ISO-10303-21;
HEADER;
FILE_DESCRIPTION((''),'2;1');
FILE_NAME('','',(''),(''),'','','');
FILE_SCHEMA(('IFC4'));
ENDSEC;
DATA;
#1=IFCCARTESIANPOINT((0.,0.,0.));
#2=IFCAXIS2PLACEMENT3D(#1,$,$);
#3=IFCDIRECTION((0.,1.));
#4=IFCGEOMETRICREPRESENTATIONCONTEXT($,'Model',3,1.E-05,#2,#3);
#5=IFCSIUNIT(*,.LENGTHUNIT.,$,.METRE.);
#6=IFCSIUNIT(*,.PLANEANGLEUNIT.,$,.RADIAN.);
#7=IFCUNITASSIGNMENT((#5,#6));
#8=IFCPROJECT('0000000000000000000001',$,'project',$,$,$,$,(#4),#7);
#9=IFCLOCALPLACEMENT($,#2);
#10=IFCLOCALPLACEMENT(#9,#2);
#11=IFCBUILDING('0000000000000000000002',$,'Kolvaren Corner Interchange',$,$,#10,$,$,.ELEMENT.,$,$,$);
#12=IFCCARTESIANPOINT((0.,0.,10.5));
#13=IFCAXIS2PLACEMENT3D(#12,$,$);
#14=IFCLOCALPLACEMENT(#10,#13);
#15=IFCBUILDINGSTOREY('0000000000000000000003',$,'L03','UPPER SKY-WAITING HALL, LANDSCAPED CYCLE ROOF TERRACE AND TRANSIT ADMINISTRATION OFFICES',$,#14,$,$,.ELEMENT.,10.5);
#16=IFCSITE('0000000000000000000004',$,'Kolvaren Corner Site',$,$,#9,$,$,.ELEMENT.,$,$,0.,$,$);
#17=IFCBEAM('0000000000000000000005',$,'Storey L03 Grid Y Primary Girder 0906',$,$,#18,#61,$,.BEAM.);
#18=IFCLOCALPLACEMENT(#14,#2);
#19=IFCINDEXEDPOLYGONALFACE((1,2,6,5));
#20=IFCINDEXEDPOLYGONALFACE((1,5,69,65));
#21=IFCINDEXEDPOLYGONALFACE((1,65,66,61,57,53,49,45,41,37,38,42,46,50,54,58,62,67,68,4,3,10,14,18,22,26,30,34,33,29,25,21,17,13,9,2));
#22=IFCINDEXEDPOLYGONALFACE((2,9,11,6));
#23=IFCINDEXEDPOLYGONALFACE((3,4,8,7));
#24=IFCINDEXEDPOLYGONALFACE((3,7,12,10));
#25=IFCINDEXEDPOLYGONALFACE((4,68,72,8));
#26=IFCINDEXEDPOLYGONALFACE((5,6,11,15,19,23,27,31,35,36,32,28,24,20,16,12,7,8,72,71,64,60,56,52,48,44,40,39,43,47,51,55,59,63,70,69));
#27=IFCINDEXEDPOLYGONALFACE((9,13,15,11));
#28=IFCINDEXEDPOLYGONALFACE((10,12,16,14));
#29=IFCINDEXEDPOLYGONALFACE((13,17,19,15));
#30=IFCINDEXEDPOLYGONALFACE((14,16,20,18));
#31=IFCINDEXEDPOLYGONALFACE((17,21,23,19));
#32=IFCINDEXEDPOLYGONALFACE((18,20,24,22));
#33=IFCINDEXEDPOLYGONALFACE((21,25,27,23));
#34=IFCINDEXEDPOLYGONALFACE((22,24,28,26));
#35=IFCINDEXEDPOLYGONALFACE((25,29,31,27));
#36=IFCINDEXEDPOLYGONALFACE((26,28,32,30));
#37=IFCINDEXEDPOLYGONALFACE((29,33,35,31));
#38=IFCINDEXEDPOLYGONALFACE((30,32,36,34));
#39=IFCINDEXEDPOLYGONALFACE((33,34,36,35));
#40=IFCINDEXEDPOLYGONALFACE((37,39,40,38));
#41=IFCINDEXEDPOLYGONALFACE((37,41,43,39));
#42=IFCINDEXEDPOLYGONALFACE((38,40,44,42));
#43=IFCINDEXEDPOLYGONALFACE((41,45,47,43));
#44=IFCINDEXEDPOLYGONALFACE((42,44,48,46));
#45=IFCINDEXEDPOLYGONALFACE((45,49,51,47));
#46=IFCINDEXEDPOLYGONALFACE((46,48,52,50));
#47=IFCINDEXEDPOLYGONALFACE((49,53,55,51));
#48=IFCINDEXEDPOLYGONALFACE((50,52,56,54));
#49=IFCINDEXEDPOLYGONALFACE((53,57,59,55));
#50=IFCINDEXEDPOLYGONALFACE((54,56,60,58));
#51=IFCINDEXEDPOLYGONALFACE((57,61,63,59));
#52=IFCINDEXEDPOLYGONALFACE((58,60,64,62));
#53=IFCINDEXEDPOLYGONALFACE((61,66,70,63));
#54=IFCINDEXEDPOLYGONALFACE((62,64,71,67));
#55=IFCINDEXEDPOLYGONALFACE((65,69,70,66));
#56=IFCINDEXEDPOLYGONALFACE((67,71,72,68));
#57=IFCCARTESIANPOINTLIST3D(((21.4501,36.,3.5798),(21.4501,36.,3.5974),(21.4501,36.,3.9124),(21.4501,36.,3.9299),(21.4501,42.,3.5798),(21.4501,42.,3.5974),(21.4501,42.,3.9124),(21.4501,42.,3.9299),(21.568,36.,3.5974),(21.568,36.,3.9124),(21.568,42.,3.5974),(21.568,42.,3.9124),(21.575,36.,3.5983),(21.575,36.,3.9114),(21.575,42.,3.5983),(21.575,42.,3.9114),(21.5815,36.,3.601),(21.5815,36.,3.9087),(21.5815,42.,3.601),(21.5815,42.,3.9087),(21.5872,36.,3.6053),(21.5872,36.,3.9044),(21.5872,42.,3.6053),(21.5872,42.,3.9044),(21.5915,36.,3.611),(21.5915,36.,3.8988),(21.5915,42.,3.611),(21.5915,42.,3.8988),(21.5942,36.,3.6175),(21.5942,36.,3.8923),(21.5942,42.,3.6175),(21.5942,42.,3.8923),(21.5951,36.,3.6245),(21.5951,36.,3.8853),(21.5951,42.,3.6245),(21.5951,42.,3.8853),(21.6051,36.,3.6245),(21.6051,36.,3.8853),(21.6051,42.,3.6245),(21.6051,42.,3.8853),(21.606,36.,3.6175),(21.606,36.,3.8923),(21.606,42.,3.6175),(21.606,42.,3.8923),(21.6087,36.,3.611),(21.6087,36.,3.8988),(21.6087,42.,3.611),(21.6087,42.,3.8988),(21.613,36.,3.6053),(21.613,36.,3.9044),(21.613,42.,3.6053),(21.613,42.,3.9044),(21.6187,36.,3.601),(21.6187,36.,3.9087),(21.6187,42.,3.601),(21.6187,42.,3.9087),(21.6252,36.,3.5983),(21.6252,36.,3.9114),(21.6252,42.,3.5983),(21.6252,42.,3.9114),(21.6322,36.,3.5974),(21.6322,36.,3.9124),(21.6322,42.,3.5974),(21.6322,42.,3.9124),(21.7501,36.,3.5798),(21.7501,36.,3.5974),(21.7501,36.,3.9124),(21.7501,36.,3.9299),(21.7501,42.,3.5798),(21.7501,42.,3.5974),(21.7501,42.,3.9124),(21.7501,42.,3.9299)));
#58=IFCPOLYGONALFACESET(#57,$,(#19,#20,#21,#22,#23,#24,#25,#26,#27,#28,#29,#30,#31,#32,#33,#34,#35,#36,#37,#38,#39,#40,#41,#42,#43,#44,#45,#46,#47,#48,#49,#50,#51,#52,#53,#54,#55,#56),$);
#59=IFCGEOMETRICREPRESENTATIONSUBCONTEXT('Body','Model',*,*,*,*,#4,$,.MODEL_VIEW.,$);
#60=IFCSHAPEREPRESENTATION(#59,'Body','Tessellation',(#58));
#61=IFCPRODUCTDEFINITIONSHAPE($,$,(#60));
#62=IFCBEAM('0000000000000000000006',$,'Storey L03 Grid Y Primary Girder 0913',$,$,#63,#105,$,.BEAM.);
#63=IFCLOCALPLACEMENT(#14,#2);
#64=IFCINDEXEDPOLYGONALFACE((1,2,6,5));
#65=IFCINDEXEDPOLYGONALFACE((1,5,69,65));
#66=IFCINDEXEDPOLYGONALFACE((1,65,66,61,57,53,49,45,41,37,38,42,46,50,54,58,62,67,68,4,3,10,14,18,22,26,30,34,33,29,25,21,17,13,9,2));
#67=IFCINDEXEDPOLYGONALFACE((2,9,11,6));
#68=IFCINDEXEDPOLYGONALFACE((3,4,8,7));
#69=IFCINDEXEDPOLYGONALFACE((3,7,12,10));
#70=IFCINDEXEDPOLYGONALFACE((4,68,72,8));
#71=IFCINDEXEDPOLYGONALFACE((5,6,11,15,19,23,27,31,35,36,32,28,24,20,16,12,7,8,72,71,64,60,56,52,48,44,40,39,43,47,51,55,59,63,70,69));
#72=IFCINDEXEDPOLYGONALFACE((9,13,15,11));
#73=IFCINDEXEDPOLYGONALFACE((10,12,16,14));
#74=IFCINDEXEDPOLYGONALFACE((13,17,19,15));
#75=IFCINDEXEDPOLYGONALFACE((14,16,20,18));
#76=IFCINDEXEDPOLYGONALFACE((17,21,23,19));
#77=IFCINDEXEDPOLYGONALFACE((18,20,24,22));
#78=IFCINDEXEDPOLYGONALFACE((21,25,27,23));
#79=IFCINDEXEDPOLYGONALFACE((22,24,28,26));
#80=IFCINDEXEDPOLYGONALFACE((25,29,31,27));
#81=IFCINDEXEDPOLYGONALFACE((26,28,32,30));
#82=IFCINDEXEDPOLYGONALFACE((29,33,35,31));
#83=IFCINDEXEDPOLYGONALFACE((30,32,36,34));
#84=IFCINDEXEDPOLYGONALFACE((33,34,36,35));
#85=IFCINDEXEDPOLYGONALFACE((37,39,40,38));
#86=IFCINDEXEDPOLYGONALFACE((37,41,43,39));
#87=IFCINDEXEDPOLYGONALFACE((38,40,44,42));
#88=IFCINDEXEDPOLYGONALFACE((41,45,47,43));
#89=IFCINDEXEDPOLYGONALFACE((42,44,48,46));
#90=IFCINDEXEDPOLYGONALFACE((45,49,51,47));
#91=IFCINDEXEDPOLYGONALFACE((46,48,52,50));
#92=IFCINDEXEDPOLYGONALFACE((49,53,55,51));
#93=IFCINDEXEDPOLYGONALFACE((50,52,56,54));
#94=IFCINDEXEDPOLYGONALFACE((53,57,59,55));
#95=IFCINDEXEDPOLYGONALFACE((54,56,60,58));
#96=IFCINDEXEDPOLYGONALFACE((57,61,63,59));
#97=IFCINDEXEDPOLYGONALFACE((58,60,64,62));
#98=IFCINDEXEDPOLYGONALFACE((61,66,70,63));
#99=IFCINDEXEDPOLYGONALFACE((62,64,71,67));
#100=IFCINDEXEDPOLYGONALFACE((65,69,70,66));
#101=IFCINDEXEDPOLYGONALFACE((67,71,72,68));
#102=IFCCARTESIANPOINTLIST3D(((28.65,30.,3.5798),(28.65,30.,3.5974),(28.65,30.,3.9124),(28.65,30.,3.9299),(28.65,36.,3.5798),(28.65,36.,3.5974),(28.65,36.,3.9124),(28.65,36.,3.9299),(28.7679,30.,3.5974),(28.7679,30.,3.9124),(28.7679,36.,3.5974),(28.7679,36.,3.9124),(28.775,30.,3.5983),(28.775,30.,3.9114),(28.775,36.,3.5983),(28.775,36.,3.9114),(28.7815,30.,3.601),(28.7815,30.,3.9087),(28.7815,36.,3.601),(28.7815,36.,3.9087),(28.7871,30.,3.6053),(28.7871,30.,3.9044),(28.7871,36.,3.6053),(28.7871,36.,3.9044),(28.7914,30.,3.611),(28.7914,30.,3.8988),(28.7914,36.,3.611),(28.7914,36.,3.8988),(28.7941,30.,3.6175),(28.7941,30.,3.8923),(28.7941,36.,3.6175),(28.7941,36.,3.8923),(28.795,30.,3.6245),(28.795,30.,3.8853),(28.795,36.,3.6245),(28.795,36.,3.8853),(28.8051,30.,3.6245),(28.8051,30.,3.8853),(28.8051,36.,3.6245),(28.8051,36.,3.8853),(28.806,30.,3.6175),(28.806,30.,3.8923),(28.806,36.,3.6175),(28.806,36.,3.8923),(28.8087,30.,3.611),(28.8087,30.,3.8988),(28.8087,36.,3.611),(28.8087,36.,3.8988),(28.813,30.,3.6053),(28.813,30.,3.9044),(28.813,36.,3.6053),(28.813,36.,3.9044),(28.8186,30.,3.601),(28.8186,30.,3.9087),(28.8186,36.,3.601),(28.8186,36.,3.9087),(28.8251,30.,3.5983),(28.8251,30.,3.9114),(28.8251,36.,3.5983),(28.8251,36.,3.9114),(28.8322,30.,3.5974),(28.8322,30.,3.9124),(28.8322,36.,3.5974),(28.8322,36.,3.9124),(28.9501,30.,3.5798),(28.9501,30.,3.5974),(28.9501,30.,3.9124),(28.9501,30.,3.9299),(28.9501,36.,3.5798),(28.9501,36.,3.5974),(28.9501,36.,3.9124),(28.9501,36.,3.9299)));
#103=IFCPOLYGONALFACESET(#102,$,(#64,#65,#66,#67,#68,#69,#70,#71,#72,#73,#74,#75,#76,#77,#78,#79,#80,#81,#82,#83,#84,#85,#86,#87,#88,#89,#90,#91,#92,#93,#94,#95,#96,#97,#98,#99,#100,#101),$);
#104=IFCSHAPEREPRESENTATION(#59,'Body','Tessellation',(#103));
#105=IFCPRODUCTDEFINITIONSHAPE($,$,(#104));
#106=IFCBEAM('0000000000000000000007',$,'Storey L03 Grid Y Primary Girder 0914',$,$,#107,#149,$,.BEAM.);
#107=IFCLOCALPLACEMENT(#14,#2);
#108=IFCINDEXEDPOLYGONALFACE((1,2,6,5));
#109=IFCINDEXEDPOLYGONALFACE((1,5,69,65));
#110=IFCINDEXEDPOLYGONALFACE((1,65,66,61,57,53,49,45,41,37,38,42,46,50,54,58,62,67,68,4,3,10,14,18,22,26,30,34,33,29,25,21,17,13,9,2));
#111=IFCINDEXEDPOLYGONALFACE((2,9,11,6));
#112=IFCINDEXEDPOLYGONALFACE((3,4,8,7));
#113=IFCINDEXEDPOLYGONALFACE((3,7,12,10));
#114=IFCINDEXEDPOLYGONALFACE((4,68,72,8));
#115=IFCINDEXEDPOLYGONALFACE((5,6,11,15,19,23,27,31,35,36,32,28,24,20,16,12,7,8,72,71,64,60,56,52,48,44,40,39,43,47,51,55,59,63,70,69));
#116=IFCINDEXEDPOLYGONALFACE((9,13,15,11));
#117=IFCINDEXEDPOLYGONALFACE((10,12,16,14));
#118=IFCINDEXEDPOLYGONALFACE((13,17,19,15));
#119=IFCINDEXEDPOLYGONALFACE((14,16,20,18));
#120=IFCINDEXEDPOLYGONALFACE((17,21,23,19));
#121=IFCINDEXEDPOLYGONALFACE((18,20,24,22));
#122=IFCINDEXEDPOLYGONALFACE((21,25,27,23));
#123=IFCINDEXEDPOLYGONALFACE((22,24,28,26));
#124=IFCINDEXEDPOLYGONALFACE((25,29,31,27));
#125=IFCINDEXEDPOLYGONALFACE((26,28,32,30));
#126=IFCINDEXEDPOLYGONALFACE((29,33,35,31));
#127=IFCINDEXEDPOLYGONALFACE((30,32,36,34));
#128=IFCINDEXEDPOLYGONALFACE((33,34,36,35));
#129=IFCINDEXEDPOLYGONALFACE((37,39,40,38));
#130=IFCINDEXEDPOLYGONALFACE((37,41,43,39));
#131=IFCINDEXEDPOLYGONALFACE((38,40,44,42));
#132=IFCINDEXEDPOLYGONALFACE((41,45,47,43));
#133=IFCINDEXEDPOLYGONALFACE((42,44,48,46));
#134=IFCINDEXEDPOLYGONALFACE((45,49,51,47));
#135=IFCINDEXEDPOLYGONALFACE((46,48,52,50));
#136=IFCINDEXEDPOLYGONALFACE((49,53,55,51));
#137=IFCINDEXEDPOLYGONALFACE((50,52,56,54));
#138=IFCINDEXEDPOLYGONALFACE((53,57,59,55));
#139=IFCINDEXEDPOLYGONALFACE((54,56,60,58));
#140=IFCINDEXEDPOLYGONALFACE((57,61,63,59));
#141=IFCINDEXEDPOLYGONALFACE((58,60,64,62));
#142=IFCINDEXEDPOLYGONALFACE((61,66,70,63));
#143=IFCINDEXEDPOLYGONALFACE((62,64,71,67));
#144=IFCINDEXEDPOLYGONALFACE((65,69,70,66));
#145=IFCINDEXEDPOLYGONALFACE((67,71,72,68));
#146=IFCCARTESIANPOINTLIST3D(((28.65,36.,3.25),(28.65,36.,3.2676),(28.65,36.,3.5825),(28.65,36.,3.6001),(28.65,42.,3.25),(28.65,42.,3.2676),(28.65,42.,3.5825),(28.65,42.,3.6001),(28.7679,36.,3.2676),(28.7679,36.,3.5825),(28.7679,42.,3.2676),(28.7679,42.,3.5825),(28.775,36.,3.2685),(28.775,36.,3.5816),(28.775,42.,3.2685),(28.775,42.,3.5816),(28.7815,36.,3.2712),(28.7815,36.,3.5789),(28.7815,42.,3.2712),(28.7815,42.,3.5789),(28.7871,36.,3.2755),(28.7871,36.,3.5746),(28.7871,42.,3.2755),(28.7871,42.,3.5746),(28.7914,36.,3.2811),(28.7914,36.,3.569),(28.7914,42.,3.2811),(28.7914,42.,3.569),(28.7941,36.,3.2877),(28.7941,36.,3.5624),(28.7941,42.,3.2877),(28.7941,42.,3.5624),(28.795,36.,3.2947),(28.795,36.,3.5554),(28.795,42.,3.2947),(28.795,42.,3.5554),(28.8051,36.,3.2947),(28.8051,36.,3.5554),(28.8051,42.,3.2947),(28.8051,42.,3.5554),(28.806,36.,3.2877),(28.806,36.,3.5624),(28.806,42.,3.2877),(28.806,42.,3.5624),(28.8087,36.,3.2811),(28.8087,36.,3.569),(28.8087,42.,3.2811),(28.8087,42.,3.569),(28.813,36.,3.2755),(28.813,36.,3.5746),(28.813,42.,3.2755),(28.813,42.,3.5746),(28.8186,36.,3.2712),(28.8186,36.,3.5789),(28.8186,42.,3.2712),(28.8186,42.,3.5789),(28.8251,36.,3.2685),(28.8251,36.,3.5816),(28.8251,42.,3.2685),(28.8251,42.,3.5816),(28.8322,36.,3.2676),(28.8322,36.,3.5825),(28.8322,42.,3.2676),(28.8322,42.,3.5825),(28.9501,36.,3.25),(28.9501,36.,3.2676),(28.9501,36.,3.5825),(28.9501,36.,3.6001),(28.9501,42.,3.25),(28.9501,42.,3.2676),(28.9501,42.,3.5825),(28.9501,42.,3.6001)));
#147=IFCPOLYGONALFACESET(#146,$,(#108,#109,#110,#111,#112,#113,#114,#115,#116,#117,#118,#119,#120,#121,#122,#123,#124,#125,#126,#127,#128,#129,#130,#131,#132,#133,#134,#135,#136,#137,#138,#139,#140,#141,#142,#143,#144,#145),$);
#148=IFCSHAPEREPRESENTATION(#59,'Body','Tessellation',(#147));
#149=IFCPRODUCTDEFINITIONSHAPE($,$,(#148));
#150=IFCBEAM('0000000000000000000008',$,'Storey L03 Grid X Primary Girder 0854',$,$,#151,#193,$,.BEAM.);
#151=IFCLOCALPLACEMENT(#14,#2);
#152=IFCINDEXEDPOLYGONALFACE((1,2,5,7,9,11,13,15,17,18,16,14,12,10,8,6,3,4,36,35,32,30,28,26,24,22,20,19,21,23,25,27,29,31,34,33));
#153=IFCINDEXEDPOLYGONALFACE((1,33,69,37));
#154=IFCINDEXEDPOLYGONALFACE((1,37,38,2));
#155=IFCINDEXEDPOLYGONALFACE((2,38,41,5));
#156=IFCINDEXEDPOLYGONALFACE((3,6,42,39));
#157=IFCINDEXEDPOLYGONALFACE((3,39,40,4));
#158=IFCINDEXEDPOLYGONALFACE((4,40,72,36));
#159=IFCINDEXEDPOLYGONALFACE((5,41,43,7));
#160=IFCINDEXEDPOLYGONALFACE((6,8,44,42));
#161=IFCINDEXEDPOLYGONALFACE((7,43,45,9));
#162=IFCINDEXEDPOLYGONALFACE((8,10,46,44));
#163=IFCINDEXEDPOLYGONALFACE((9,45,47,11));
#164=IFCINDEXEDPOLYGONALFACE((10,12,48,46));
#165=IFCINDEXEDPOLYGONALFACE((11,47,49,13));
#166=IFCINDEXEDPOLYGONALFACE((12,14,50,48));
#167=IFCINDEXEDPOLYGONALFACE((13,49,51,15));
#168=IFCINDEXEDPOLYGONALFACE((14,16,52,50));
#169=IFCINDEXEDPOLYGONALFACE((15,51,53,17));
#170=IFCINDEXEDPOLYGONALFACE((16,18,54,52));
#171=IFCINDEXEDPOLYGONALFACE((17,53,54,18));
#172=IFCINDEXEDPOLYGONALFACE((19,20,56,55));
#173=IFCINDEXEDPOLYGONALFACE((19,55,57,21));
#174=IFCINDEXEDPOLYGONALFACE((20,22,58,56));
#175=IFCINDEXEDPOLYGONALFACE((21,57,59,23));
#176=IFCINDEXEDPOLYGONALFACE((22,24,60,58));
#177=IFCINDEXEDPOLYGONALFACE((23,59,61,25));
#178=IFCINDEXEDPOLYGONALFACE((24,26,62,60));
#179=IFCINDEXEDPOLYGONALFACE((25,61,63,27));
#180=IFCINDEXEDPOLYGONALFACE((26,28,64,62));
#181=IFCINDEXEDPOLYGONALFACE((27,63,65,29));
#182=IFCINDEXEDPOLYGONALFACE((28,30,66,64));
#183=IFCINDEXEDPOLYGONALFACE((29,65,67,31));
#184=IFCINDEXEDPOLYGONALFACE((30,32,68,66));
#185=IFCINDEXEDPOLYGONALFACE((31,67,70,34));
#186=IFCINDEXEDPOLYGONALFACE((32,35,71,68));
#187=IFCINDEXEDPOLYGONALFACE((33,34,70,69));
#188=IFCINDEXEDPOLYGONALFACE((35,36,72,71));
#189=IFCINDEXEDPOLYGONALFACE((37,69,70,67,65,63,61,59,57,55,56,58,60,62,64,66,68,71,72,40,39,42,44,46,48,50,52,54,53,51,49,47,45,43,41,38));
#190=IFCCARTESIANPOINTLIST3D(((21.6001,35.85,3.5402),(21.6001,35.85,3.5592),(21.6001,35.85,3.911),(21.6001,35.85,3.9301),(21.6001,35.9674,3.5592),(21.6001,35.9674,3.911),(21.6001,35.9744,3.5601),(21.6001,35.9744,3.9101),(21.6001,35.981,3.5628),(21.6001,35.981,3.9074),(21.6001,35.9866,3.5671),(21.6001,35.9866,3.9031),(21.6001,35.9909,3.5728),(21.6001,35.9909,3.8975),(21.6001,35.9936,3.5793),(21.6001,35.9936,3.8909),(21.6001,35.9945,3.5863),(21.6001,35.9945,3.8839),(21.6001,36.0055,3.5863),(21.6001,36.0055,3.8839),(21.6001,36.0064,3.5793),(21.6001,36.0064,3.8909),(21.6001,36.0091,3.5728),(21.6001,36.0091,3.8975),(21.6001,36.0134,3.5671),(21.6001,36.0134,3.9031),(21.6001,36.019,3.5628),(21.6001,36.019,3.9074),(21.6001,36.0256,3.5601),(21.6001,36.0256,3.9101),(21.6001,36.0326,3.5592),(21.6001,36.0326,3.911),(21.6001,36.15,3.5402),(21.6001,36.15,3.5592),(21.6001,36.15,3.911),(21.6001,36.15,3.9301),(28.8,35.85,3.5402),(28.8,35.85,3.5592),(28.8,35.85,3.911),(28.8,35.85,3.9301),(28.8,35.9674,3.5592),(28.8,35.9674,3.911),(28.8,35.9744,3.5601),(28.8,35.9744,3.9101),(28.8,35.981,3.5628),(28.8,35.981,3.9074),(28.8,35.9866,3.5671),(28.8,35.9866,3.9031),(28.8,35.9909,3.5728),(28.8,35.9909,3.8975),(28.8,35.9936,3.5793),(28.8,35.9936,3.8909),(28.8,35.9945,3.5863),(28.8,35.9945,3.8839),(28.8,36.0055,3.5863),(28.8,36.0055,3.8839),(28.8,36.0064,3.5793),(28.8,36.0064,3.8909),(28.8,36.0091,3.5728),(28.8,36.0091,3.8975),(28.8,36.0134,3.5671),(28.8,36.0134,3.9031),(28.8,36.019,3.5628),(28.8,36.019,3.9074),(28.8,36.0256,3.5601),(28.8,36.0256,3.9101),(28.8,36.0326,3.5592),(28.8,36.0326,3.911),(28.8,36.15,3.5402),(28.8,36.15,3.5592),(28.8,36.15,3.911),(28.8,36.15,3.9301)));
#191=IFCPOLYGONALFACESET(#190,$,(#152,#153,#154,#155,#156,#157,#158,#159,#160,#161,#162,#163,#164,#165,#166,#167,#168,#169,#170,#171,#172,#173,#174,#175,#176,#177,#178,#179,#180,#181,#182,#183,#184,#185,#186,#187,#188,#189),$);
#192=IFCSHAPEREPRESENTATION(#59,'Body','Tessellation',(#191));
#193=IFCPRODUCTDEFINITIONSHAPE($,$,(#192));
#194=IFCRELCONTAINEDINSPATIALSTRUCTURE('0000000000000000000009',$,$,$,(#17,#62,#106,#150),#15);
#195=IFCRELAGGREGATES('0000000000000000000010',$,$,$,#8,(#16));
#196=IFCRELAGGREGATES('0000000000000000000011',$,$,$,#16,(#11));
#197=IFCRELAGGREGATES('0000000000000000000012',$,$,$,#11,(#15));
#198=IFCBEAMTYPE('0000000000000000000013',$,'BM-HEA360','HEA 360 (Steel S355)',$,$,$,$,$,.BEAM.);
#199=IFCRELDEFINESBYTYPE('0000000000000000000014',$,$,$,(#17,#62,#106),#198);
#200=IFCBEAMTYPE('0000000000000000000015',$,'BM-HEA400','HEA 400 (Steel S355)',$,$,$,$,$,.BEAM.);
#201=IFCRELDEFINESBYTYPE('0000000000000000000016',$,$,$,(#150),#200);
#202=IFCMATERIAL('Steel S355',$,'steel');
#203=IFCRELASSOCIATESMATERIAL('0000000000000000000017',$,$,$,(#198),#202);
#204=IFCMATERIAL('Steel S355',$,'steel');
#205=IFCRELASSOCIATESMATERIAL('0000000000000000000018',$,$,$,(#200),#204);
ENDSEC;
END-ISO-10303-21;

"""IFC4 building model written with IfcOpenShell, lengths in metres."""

from ifc_helpers import new_model, si_unit, direction, frame, origin, origin_2d, place, context, subcontext, project, spatial, i_section, extrude, material, material_profile, profile_set, type_object, element, save


model = new_model("IFC4")

# Units and contexts
model_context = context("Model", 3, precision=1e-05, world=origin(), true_north=direction((0.0, 1.0)))
body_context = subcontext(model_context, "Body", "Model", "MODEL_VIEW")
ifc_project = project(units=[si_unit("LENGTHUNIT", "METRE"), si_unit("PLANEANGLEUNIT", "RADIAN")], contexts=[model_context])

# Site, building, storey
site_placement = place(None, origin())
site = spatial("IfcSite", under=ifc_project, at=site_placement, Name="Kolvaren Corner Site", CompositionType="ELEMENT", RefElevation=0.0)
building_placement = place(site_placement, origin())
building = spatial("IfcBuilding", under=site, at=building_placement, Name="Kolvaren Corner Interchange", CompositionType="ELEMENT")
storey_placement = place(building_placement, frame((0.0, 0.0, 10.5)))
storey = spatial("IfcBuildingStorey", under=building, at=storey_placement, Name="L03", Description="UPPER SKY-WAITING HALL, LANDSCAPED CYCLE ROOF TERRACE AND TRANSIT ADMINISTRATION OFFICES", CompositionType="ELEMENT", Elevation=10.5)

# Beams
ifc_material_1 = material(Name="Steel S355", Category="steel")
ifc_material_profile_1 = material_profile(ifc_material_1, i_section(OverallWidth=0.3, OverallDepth=0.3501, WebThickness=0.01, FlangeThickness=0.0176, FilletRadius=0.0271, at=origin_2d()), Name="HEA 360")
ifc_profile_set_1 = profile_set([ifc_material_profile_1], Name="Steel S355")
beam_type_1 = type_object("IfcBeamType", Name="BM-HEA360", Description="HEA 360 (Steel S355)", PredefinedType="BEAM", material=ifc_profile_set_1)
for number, where, z_axis, x_axis, name in (
    (1, (21.6001, 36.0, 3.7549), (0.0, 1.0, 0.0), (-1.0, 0.0, 0.0), "Storey L03 Grid Y Primary Girder 0906"),
    (2, (28.8, 30.0, 3.7549), (0.0, 1.0, 0.0), (-1.0, 0.0, 0.0), "Storey L03 Grid Y Primary Girder 0913"),
    (3, (28.8, 36.0, 3.425), (0.0, 1.0, 0.0), (-1.0, 0.0, 0.0), "Storey L03 Grid Y Primary Girder 0914"),
):
    element("IfcBeam", number, at=place(storey_placement, frame(where, z_axis=z_axis, x_axis=x_axis)), inside=storey, type_object=beam_type_1, Name=name, PredefinedType="BEAM", context=body_context, shape_type="SweptSolid", body=[
        extrude(i_section(OverallWidth=0.3, OverallDepth=0.3501, WebThickness=0.01, FlangeThickness=0.0176, FilletRadius=0.0271, at=origin_2d()), origin(), (0.0, 0.0, 1.0), 6.0),
    ])
ifc_material_2 = material(Name="Steel S355", Category="steel")
ifc_material_profile_2 = material_profile(ifc_material_2, i_section(OverallWidth=0.3, OverallDepth=0.3899, WebThickness=0.011, FlangeThickness=0.019, FilletRadius=0.0271, at=origin_2d()), Name="HEA 400")
ifc_profile_set_2 = profile_set([ifc_material_profile_2], Name="Steel S355")
beam_type_2 = type_object("IfcBeamType", Name="BM-HEA400", Description="HEA 400 (Steel S355)", PredefinedType="BEAM", material=ifc_profile_set_2)
beam_1_placement = place(storey_placement, frame((21.6001, 36.0, 3.7351), z_axis=(1.0, 0.0, 0.0), x_axis=(0.0, 1.0, 0.0)))
element("IfcBeam", 4, at=beam_1_placement, inside=storey, type_object=beam_type_2, Name="Storey L03 Grid X Primary Girder 0854", PredefinedType="BEAM", context=body_context, shape_type="SweptSolid", body=[
    extrude(i_section(OverallWidth=0.3, OverallDepth=0.3899, WebThickness=0.011, FlangeThickness=0.019, FilletRadius=0.0271, at=origin_2d()), origin(), (0.0, 0.0, 1.0), 7.2),
])

save(model, "model.ifc")
